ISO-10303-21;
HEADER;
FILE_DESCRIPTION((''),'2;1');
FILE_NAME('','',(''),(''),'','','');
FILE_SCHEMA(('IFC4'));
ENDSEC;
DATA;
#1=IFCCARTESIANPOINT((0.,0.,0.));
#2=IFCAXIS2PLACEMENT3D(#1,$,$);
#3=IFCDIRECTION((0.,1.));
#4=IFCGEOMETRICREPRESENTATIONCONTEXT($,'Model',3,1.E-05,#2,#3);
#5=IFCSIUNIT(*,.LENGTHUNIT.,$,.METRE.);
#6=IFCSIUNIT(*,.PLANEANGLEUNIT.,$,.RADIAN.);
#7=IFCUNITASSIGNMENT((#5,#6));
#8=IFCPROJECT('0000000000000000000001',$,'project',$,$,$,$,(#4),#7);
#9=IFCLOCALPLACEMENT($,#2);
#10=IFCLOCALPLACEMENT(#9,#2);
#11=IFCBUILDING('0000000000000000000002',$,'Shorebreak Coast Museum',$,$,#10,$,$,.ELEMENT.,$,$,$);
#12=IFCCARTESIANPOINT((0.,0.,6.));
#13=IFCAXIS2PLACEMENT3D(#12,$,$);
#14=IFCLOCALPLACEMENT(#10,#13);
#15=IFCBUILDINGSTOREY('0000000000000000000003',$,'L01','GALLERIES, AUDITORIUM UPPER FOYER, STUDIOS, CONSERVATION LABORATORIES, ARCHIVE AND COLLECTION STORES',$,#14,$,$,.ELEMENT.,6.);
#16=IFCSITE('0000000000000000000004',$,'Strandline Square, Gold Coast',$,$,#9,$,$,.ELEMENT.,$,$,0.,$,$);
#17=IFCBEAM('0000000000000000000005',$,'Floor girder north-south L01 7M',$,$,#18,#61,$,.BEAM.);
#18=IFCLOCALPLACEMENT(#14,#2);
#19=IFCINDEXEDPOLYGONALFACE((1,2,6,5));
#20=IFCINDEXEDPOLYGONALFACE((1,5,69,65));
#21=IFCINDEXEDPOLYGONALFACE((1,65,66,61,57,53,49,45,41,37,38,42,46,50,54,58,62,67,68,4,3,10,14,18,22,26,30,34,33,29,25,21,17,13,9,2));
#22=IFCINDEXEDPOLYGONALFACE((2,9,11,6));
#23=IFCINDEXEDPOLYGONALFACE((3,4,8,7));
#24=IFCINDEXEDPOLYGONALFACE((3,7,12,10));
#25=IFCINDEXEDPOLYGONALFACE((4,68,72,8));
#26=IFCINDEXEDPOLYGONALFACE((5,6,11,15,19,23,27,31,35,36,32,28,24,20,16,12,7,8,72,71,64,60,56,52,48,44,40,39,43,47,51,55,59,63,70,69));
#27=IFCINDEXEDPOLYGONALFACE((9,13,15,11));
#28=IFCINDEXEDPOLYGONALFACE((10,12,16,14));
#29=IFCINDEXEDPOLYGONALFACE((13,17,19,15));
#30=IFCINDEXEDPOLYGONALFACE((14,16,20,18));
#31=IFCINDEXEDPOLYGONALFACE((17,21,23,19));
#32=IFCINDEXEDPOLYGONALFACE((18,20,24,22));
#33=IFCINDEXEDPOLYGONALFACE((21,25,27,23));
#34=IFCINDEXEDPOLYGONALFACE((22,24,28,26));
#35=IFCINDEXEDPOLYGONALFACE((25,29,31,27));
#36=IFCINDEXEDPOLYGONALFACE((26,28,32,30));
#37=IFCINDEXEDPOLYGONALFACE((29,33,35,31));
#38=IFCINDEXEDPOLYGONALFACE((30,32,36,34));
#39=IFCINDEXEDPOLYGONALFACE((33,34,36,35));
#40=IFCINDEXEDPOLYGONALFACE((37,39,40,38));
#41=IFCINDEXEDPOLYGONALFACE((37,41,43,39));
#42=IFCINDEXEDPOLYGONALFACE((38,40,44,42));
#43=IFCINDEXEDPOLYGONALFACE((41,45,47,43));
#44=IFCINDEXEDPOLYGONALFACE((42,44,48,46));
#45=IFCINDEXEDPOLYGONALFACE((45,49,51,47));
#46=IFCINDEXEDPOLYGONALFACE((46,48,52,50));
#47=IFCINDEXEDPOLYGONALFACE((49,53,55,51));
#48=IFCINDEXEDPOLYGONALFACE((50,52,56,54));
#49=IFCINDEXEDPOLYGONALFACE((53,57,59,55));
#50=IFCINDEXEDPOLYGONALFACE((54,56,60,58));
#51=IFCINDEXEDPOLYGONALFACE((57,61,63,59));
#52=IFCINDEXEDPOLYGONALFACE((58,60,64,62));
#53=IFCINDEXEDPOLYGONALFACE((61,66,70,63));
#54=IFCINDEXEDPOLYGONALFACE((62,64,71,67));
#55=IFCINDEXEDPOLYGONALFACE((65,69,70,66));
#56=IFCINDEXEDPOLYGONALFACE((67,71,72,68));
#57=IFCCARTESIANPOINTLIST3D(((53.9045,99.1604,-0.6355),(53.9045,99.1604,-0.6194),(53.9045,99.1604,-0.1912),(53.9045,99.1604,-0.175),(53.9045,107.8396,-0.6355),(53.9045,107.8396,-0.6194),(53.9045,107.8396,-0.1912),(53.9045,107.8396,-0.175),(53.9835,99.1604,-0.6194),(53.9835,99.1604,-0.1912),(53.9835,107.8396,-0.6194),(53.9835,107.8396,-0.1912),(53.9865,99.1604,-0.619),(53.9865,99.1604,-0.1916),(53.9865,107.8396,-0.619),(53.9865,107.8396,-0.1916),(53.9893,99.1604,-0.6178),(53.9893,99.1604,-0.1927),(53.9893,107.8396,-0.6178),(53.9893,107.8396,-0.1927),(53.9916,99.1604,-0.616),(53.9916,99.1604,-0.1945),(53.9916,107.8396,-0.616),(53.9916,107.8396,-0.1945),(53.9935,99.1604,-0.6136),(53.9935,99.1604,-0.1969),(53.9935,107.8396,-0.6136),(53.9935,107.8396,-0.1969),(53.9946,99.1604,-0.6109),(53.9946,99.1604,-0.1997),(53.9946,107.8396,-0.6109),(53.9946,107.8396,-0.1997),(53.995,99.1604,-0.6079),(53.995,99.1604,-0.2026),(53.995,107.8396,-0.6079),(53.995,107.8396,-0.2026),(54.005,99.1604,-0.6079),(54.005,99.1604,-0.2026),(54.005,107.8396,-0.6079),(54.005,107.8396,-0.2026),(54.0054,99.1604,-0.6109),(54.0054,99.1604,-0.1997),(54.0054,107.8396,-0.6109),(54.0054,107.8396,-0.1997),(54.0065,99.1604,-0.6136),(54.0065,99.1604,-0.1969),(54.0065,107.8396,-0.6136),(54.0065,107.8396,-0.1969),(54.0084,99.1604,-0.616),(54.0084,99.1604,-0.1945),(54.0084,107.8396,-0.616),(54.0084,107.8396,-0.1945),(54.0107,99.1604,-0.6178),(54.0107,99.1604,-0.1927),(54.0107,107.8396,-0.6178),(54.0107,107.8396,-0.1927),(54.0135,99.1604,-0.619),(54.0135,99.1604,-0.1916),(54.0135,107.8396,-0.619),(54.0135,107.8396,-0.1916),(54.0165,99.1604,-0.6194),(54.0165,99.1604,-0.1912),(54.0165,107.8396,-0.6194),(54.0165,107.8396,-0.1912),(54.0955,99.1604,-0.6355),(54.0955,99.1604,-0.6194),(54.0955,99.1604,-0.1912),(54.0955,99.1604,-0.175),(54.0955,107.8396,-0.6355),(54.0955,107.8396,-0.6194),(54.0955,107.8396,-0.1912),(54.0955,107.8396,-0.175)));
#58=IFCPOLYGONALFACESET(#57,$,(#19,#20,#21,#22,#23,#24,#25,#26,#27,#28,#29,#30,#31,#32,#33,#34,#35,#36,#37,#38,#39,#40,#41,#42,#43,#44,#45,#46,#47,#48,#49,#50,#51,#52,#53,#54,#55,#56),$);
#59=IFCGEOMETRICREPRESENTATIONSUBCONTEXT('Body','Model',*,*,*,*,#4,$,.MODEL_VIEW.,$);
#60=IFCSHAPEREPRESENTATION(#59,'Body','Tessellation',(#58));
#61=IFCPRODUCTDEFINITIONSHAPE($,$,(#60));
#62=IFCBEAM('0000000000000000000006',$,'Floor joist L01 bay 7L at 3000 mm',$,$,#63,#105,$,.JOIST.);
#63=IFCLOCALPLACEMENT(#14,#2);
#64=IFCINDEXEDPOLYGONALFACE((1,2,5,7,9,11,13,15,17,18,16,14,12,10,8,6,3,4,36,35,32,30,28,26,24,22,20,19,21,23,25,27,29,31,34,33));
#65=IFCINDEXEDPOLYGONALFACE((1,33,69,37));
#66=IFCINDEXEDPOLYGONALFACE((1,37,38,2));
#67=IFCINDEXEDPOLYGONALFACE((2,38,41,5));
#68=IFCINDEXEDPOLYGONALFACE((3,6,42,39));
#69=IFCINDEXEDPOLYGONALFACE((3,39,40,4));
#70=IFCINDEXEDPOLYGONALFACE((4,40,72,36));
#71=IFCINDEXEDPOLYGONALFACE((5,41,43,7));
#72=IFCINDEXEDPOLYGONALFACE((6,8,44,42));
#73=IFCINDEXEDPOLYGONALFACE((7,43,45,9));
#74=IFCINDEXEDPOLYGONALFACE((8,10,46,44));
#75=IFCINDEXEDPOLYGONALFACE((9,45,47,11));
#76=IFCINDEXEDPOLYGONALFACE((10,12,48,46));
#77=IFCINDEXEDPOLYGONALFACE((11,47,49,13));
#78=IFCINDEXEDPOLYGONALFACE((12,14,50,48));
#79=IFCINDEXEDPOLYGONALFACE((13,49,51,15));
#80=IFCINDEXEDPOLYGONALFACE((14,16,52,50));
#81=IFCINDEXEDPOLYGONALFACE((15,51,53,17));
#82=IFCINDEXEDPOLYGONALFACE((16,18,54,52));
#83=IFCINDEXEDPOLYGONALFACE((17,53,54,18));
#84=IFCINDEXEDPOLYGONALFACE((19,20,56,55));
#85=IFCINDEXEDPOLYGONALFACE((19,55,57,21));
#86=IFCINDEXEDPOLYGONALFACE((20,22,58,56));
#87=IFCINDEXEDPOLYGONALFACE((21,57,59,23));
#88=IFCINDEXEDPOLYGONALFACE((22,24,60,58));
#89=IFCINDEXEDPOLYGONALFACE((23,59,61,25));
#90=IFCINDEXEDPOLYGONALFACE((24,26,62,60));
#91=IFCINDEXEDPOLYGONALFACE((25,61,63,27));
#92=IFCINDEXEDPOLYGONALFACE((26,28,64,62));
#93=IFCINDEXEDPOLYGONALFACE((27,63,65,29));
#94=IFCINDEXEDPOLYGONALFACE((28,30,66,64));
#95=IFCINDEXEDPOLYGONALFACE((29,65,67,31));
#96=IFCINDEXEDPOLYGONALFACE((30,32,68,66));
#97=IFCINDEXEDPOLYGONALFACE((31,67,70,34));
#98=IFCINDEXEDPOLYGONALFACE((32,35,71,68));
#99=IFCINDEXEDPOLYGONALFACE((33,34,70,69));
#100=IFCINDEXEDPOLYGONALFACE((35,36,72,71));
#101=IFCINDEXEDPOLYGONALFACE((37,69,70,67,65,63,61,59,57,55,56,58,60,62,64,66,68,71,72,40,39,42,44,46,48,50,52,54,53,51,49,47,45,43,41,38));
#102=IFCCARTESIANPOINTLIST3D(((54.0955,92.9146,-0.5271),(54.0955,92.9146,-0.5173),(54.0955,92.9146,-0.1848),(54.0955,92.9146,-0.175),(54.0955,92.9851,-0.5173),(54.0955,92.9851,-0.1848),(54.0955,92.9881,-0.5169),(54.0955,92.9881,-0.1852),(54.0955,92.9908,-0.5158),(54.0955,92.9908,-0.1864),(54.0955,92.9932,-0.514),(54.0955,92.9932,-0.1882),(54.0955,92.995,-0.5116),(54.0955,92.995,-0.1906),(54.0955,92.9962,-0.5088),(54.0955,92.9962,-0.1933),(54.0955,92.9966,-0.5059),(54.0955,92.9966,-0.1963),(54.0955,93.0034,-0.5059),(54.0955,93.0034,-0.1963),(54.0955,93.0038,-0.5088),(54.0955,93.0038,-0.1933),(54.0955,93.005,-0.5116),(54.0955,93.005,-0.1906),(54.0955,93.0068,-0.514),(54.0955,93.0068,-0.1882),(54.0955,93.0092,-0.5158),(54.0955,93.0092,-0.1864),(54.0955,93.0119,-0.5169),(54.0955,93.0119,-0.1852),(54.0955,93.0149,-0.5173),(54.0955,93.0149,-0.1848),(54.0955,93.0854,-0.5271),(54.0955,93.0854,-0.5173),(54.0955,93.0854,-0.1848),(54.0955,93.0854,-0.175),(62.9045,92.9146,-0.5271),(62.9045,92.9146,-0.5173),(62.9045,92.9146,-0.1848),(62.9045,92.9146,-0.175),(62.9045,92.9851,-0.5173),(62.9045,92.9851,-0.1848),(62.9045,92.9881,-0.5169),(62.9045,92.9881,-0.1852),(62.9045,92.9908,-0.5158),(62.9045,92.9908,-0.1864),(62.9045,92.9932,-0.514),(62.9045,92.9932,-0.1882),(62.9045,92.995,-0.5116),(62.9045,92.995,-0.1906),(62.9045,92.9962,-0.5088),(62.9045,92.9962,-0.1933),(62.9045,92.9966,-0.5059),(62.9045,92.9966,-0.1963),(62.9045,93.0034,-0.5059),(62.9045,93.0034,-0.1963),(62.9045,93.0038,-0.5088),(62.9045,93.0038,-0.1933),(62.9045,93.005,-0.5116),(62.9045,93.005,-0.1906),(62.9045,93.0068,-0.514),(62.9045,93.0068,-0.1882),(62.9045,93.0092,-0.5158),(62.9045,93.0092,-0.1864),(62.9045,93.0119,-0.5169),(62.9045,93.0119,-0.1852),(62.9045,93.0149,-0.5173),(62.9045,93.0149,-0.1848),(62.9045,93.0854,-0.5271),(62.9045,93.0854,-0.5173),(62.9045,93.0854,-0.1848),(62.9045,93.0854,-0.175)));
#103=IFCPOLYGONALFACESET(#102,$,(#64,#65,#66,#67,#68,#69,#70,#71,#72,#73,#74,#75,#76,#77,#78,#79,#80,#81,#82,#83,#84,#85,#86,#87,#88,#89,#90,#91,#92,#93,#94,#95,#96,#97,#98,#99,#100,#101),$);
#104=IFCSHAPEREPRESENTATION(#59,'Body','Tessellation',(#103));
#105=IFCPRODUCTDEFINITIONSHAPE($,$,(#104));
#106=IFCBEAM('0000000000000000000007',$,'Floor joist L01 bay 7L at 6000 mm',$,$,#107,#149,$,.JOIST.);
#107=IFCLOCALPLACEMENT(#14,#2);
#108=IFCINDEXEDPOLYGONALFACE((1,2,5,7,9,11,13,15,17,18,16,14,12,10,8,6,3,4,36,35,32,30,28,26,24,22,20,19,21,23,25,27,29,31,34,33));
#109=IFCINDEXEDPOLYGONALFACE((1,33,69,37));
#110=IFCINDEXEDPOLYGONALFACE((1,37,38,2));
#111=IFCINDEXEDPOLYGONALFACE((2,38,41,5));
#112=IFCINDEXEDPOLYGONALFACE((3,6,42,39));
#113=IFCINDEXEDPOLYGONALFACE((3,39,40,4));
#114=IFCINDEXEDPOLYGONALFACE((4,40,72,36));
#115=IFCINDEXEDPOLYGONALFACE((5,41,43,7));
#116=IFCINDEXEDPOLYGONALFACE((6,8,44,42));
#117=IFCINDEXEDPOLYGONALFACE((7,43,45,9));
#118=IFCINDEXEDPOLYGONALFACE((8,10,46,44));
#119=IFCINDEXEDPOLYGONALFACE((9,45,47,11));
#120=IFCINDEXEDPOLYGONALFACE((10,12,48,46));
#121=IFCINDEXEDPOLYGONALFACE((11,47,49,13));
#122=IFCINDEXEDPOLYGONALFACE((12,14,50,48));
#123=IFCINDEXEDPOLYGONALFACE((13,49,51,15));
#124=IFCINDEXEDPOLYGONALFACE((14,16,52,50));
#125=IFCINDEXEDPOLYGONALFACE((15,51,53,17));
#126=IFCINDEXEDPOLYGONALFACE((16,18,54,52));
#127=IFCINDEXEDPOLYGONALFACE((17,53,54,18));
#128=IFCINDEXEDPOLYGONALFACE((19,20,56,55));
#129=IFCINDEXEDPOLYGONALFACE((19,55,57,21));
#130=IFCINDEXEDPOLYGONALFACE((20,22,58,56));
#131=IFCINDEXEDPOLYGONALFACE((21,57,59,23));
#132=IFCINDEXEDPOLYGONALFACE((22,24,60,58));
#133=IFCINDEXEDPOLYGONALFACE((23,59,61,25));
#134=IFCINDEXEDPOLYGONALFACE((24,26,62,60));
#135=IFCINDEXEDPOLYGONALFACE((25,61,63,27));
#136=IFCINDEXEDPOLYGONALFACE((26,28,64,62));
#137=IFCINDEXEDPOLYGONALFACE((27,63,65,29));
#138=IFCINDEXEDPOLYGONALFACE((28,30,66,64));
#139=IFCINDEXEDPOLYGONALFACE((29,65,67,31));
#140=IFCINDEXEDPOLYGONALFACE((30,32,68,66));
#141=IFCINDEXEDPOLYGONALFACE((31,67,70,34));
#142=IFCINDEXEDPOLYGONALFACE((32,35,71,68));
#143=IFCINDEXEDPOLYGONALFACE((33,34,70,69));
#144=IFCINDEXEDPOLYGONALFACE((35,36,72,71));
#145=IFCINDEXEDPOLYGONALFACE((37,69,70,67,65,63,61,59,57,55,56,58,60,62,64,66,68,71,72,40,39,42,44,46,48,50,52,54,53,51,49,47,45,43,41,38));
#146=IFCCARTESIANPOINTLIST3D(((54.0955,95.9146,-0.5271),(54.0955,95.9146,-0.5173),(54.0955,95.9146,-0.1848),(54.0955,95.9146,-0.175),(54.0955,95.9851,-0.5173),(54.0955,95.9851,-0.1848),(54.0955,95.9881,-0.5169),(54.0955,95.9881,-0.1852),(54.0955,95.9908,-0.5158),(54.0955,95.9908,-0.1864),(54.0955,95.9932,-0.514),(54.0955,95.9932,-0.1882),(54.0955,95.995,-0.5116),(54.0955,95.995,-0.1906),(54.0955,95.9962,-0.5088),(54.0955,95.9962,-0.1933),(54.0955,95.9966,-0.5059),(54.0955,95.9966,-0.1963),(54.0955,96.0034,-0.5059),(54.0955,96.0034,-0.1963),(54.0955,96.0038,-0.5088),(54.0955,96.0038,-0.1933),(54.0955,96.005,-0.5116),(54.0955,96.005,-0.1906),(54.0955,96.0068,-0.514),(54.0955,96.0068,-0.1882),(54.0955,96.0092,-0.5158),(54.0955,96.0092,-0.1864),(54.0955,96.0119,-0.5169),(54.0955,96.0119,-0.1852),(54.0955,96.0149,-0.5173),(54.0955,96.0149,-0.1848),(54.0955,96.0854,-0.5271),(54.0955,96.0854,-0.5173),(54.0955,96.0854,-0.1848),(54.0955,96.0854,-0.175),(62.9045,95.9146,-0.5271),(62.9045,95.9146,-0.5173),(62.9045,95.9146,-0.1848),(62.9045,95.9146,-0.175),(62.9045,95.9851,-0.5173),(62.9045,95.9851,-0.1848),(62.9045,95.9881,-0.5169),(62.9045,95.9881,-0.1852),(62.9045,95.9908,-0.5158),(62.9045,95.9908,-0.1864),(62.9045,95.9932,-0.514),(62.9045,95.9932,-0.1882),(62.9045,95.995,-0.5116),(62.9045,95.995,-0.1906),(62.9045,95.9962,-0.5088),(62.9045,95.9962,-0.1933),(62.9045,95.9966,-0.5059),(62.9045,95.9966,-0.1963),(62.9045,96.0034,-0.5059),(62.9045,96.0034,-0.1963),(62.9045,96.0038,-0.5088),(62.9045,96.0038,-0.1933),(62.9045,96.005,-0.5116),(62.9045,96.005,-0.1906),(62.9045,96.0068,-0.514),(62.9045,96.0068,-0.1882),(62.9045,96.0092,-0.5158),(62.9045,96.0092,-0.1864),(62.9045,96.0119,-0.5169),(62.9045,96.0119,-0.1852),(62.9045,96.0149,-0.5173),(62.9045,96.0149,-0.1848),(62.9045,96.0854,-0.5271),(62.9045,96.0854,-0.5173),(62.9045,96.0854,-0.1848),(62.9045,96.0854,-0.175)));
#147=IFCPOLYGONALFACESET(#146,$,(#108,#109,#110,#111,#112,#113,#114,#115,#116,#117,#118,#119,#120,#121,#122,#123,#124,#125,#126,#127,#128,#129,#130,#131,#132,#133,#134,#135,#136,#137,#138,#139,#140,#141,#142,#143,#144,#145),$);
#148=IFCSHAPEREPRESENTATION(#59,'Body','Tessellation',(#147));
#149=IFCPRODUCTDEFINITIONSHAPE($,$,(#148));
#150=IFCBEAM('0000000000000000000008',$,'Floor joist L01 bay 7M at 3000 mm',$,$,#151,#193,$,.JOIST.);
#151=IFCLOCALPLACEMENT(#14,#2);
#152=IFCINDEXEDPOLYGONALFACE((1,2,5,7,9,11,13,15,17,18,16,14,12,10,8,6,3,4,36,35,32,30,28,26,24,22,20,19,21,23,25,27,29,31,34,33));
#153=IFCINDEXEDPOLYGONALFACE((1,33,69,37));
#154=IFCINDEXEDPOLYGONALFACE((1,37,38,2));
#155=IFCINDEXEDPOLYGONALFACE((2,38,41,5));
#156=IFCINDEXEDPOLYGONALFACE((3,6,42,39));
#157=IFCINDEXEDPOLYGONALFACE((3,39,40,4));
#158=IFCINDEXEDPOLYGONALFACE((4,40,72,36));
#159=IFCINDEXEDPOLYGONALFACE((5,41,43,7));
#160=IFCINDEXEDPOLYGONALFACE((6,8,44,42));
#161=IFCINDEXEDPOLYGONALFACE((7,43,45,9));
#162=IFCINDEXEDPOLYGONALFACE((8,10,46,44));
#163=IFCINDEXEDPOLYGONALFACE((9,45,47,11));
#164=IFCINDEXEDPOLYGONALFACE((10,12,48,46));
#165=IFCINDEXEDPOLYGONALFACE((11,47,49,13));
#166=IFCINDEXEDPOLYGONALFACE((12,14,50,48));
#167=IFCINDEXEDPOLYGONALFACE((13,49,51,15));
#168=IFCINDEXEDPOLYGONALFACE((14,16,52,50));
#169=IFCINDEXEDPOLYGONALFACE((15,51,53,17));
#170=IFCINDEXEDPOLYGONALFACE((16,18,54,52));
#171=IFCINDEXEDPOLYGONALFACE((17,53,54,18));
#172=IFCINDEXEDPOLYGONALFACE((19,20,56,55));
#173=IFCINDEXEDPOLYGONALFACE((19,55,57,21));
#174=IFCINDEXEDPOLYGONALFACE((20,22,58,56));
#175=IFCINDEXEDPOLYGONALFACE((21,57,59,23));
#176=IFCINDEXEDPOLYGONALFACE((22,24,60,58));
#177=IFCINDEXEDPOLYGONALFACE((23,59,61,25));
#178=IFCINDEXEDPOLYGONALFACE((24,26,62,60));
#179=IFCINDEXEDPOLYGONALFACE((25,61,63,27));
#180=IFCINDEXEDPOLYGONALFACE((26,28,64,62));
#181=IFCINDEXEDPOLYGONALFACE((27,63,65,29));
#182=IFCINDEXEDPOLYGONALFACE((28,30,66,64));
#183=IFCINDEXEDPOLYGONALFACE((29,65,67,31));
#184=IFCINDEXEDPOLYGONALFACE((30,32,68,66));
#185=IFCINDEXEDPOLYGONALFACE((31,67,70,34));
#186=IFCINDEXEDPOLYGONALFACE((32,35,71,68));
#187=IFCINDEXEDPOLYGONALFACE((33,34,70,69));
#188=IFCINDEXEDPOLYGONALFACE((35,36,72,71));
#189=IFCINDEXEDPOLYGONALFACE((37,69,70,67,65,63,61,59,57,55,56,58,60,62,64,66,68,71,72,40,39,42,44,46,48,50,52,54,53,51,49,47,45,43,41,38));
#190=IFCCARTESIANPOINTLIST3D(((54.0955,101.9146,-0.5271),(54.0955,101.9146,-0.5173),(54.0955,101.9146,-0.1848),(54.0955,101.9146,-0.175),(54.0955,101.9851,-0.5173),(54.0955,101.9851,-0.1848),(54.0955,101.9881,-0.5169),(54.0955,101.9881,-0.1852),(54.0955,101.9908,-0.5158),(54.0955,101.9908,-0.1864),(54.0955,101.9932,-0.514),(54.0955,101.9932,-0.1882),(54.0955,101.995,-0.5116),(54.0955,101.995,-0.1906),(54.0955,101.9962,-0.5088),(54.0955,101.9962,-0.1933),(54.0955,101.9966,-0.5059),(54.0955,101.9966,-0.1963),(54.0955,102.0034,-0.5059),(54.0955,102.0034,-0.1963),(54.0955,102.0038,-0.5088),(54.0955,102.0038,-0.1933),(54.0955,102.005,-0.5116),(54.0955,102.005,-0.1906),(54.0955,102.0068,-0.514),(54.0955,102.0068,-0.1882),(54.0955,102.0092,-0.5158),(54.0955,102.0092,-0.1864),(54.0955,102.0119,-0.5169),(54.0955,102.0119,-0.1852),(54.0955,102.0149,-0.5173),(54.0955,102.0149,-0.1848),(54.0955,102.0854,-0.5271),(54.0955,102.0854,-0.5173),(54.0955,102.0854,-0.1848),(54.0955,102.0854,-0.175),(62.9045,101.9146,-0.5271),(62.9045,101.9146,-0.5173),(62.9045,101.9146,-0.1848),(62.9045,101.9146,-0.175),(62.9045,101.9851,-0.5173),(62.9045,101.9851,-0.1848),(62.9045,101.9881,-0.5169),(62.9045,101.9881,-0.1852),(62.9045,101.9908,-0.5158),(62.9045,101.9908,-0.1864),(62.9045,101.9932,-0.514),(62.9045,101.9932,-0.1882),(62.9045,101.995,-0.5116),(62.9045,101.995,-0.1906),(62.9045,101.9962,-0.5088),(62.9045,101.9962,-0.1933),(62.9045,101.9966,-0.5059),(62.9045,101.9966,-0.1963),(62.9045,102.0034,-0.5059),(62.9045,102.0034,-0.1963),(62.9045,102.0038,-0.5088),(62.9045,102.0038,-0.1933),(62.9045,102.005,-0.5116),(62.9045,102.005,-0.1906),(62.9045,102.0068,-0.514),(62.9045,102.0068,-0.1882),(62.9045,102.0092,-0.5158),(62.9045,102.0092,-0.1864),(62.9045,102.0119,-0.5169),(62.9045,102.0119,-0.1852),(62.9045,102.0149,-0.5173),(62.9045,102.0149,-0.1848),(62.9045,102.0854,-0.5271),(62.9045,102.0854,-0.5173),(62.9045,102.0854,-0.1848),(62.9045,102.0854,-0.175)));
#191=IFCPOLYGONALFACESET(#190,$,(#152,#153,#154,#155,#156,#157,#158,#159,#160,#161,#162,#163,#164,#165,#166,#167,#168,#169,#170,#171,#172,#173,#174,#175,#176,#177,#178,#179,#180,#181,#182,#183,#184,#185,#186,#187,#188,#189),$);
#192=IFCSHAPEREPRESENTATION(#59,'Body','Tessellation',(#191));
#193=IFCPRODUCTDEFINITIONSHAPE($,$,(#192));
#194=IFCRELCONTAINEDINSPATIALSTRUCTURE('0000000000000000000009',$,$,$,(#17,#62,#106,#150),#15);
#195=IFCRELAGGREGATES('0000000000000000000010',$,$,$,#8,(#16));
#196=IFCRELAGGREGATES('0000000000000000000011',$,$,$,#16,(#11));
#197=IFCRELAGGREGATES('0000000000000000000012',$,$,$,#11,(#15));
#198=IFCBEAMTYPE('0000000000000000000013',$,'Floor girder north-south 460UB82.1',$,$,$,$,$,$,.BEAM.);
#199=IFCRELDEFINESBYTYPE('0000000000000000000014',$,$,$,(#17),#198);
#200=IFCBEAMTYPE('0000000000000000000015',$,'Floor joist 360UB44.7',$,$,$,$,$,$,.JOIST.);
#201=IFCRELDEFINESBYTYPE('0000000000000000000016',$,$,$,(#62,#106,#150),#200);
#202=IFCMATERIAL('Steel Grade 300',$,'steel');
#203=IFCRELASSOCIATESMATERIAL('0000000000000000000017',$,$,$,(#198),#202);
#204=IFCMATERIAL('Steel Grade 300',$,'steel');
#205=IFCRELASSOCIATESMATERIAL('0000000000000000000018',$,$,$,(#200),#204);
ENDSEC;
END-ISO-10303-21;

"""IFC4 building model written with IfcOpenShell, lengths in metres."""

from ifc_helpers import new_model, si_unit, direction, frame, origin, origin_2d, place, context, subcontext, project, spatial, i_section, extrude, material, material_profile, profile_set, type_object, element, save


model = new_model("IFC4")

# Units and contexts
model_context = context("Model", 3, precision=1e-05, world=origin(), true_north=direction((0.0, 1.0)))
body_context = subcontext(model_context, "Body", "Model", "MODEL_VIEW")
ifc_project = project(units=[si_unit("LENGTHUNIT", "METRE"), si_unit("PLANEANGLEUNIT", "RADIAN")], contexts=[model_context])

# Site, building, storey
site_placement = place(None, origin())
site = spatial("IfcSite", under=ifc_project, at=site_placement, Name="Strandline Square, Gold Coast", CompositionType="ELEMENT", RefElevation=0.0)
building_placement = place(site_placement, origin())
building = spatial("IfcBuilding", under=site, at=building_placement, Name="Shorebreak Coast Museum", CompositionType="ELEMENT")
storey_placement = place(building_placement, frame((0.0, 0.0, 6.0)))
storey = spatial("IfcBuildingStorey", under=building, at=storey_placement, Name="L01", Description="GALLERIES, AUDITORIUM UPPER FOYER, STUDIOS, CONSERVATION LABORATORIES, ARCHIVE AND COLLECTION STORES", CompositionType="ELEMENT", Elevation=6.0)

# Beams
ifc_material_1 = material(Name="Steel Grade 300", Category="steel")
ifc_material_profile_1 = material_profile(ifc_material_1, i_section(OverallWidth=0.1909, OverallDepth=0.4604, WebThickness=0.01, FlangeThickness=0.0161, FilletRadius=0.0115, at=origin_2d()), Name="460UB82.1")
ifc_profile_set_1 = profile_set([ifc_material_profile_1], Name="Steel Grade 300")
beam_type_1 = type_object("IfcBeamType", Name="Floor girder north-south 460UB82.1", PredefinedType="BEAM", material=ifc_profile_set_1)
beam_1_placement = place(storey_placement, frame((54.0, 99.1604, -0.4053), z_axis=(0.0, 1.0, 0.0), x_axis=(-1.0, 0.0, 0.0)))
element("IfcBeam", 1, at=beam_1_placement, inside=storey, type_object=beam_type_1, Name="Floor girder north-south L01 7M", PredefinedType="BEAM", context=body_context, shape_type="SweptSolid", body=[
    extrude(i_section(OverallWidth=0.1909, OverallDepth=0.4604, WebThickness=0.01, FlangeThickness=0.0161, FilletRadius=0.0115, at=origin_2d()), origin(), (0.0, 0.0, 1.0), 8.6792),
])
ifc_material_2 = material(Name="Steel Grade 300", Category="steel")
ifc_material_profile_2 = material_profile(ifc_material_2, i_section(OverallWidth=0.1709, OverallDepth=0.3521, WebThickness=0.0068, FlangeThickness=0.0098, FilletRadius=0.0115, at=origin_2d()), Name="360UB44.7")
ifc_profile_set_2 = profile_set([ifc_material_profile_2], Name="Steel Grade 300")
beam_type_2 = type_object("IfcBeamType", Name="Floor joist 360UB44.7", PredefinedType="JOIST", material=ifc_profile_set_2)
for number, where, z_axis, x_axis, name in (
    (2, (54.0955, 93.0, -0.3511), (1.0, 0.0, 0.0), (0.0, 1.0, 0.0), "Floor joist L01 bay 7L at 3000 mm"),
    (3, (54.0955, 96.0, -0.3511), (1.0, 0.0, 0.0), (0.0, 1.0, 0.0), "Floor joist L01 bay 7L at 6000 mm"),
    (4, (54.0955, 102.0, -0.3511), (1.0, 0.0, 0.0), (0.0, 1.0, 0.0), "Floor joist L01 bay 7M at 3000 mm"),
):
    element("IfcBeam", number, at=place(storey_placement, frame(where, z_axis=z_axis, x_axis=x_axis)), inside=storey, type_object=beam_type_2, Name=name, PredefinedType="JOIST", context=body_context, shape_type="SweptSolid", body=[
        extrude(i_section(OverallWidth=0.1709, OverallDepth=0.3521, WebThickness=0.0068, FlangeThickness=0.0098, FilletRadius=0.0115, at=origin_2d()), origin(), (0.0, 0.0, 1.0), 8.8091),
    ])

save(model, "model.ifc")
